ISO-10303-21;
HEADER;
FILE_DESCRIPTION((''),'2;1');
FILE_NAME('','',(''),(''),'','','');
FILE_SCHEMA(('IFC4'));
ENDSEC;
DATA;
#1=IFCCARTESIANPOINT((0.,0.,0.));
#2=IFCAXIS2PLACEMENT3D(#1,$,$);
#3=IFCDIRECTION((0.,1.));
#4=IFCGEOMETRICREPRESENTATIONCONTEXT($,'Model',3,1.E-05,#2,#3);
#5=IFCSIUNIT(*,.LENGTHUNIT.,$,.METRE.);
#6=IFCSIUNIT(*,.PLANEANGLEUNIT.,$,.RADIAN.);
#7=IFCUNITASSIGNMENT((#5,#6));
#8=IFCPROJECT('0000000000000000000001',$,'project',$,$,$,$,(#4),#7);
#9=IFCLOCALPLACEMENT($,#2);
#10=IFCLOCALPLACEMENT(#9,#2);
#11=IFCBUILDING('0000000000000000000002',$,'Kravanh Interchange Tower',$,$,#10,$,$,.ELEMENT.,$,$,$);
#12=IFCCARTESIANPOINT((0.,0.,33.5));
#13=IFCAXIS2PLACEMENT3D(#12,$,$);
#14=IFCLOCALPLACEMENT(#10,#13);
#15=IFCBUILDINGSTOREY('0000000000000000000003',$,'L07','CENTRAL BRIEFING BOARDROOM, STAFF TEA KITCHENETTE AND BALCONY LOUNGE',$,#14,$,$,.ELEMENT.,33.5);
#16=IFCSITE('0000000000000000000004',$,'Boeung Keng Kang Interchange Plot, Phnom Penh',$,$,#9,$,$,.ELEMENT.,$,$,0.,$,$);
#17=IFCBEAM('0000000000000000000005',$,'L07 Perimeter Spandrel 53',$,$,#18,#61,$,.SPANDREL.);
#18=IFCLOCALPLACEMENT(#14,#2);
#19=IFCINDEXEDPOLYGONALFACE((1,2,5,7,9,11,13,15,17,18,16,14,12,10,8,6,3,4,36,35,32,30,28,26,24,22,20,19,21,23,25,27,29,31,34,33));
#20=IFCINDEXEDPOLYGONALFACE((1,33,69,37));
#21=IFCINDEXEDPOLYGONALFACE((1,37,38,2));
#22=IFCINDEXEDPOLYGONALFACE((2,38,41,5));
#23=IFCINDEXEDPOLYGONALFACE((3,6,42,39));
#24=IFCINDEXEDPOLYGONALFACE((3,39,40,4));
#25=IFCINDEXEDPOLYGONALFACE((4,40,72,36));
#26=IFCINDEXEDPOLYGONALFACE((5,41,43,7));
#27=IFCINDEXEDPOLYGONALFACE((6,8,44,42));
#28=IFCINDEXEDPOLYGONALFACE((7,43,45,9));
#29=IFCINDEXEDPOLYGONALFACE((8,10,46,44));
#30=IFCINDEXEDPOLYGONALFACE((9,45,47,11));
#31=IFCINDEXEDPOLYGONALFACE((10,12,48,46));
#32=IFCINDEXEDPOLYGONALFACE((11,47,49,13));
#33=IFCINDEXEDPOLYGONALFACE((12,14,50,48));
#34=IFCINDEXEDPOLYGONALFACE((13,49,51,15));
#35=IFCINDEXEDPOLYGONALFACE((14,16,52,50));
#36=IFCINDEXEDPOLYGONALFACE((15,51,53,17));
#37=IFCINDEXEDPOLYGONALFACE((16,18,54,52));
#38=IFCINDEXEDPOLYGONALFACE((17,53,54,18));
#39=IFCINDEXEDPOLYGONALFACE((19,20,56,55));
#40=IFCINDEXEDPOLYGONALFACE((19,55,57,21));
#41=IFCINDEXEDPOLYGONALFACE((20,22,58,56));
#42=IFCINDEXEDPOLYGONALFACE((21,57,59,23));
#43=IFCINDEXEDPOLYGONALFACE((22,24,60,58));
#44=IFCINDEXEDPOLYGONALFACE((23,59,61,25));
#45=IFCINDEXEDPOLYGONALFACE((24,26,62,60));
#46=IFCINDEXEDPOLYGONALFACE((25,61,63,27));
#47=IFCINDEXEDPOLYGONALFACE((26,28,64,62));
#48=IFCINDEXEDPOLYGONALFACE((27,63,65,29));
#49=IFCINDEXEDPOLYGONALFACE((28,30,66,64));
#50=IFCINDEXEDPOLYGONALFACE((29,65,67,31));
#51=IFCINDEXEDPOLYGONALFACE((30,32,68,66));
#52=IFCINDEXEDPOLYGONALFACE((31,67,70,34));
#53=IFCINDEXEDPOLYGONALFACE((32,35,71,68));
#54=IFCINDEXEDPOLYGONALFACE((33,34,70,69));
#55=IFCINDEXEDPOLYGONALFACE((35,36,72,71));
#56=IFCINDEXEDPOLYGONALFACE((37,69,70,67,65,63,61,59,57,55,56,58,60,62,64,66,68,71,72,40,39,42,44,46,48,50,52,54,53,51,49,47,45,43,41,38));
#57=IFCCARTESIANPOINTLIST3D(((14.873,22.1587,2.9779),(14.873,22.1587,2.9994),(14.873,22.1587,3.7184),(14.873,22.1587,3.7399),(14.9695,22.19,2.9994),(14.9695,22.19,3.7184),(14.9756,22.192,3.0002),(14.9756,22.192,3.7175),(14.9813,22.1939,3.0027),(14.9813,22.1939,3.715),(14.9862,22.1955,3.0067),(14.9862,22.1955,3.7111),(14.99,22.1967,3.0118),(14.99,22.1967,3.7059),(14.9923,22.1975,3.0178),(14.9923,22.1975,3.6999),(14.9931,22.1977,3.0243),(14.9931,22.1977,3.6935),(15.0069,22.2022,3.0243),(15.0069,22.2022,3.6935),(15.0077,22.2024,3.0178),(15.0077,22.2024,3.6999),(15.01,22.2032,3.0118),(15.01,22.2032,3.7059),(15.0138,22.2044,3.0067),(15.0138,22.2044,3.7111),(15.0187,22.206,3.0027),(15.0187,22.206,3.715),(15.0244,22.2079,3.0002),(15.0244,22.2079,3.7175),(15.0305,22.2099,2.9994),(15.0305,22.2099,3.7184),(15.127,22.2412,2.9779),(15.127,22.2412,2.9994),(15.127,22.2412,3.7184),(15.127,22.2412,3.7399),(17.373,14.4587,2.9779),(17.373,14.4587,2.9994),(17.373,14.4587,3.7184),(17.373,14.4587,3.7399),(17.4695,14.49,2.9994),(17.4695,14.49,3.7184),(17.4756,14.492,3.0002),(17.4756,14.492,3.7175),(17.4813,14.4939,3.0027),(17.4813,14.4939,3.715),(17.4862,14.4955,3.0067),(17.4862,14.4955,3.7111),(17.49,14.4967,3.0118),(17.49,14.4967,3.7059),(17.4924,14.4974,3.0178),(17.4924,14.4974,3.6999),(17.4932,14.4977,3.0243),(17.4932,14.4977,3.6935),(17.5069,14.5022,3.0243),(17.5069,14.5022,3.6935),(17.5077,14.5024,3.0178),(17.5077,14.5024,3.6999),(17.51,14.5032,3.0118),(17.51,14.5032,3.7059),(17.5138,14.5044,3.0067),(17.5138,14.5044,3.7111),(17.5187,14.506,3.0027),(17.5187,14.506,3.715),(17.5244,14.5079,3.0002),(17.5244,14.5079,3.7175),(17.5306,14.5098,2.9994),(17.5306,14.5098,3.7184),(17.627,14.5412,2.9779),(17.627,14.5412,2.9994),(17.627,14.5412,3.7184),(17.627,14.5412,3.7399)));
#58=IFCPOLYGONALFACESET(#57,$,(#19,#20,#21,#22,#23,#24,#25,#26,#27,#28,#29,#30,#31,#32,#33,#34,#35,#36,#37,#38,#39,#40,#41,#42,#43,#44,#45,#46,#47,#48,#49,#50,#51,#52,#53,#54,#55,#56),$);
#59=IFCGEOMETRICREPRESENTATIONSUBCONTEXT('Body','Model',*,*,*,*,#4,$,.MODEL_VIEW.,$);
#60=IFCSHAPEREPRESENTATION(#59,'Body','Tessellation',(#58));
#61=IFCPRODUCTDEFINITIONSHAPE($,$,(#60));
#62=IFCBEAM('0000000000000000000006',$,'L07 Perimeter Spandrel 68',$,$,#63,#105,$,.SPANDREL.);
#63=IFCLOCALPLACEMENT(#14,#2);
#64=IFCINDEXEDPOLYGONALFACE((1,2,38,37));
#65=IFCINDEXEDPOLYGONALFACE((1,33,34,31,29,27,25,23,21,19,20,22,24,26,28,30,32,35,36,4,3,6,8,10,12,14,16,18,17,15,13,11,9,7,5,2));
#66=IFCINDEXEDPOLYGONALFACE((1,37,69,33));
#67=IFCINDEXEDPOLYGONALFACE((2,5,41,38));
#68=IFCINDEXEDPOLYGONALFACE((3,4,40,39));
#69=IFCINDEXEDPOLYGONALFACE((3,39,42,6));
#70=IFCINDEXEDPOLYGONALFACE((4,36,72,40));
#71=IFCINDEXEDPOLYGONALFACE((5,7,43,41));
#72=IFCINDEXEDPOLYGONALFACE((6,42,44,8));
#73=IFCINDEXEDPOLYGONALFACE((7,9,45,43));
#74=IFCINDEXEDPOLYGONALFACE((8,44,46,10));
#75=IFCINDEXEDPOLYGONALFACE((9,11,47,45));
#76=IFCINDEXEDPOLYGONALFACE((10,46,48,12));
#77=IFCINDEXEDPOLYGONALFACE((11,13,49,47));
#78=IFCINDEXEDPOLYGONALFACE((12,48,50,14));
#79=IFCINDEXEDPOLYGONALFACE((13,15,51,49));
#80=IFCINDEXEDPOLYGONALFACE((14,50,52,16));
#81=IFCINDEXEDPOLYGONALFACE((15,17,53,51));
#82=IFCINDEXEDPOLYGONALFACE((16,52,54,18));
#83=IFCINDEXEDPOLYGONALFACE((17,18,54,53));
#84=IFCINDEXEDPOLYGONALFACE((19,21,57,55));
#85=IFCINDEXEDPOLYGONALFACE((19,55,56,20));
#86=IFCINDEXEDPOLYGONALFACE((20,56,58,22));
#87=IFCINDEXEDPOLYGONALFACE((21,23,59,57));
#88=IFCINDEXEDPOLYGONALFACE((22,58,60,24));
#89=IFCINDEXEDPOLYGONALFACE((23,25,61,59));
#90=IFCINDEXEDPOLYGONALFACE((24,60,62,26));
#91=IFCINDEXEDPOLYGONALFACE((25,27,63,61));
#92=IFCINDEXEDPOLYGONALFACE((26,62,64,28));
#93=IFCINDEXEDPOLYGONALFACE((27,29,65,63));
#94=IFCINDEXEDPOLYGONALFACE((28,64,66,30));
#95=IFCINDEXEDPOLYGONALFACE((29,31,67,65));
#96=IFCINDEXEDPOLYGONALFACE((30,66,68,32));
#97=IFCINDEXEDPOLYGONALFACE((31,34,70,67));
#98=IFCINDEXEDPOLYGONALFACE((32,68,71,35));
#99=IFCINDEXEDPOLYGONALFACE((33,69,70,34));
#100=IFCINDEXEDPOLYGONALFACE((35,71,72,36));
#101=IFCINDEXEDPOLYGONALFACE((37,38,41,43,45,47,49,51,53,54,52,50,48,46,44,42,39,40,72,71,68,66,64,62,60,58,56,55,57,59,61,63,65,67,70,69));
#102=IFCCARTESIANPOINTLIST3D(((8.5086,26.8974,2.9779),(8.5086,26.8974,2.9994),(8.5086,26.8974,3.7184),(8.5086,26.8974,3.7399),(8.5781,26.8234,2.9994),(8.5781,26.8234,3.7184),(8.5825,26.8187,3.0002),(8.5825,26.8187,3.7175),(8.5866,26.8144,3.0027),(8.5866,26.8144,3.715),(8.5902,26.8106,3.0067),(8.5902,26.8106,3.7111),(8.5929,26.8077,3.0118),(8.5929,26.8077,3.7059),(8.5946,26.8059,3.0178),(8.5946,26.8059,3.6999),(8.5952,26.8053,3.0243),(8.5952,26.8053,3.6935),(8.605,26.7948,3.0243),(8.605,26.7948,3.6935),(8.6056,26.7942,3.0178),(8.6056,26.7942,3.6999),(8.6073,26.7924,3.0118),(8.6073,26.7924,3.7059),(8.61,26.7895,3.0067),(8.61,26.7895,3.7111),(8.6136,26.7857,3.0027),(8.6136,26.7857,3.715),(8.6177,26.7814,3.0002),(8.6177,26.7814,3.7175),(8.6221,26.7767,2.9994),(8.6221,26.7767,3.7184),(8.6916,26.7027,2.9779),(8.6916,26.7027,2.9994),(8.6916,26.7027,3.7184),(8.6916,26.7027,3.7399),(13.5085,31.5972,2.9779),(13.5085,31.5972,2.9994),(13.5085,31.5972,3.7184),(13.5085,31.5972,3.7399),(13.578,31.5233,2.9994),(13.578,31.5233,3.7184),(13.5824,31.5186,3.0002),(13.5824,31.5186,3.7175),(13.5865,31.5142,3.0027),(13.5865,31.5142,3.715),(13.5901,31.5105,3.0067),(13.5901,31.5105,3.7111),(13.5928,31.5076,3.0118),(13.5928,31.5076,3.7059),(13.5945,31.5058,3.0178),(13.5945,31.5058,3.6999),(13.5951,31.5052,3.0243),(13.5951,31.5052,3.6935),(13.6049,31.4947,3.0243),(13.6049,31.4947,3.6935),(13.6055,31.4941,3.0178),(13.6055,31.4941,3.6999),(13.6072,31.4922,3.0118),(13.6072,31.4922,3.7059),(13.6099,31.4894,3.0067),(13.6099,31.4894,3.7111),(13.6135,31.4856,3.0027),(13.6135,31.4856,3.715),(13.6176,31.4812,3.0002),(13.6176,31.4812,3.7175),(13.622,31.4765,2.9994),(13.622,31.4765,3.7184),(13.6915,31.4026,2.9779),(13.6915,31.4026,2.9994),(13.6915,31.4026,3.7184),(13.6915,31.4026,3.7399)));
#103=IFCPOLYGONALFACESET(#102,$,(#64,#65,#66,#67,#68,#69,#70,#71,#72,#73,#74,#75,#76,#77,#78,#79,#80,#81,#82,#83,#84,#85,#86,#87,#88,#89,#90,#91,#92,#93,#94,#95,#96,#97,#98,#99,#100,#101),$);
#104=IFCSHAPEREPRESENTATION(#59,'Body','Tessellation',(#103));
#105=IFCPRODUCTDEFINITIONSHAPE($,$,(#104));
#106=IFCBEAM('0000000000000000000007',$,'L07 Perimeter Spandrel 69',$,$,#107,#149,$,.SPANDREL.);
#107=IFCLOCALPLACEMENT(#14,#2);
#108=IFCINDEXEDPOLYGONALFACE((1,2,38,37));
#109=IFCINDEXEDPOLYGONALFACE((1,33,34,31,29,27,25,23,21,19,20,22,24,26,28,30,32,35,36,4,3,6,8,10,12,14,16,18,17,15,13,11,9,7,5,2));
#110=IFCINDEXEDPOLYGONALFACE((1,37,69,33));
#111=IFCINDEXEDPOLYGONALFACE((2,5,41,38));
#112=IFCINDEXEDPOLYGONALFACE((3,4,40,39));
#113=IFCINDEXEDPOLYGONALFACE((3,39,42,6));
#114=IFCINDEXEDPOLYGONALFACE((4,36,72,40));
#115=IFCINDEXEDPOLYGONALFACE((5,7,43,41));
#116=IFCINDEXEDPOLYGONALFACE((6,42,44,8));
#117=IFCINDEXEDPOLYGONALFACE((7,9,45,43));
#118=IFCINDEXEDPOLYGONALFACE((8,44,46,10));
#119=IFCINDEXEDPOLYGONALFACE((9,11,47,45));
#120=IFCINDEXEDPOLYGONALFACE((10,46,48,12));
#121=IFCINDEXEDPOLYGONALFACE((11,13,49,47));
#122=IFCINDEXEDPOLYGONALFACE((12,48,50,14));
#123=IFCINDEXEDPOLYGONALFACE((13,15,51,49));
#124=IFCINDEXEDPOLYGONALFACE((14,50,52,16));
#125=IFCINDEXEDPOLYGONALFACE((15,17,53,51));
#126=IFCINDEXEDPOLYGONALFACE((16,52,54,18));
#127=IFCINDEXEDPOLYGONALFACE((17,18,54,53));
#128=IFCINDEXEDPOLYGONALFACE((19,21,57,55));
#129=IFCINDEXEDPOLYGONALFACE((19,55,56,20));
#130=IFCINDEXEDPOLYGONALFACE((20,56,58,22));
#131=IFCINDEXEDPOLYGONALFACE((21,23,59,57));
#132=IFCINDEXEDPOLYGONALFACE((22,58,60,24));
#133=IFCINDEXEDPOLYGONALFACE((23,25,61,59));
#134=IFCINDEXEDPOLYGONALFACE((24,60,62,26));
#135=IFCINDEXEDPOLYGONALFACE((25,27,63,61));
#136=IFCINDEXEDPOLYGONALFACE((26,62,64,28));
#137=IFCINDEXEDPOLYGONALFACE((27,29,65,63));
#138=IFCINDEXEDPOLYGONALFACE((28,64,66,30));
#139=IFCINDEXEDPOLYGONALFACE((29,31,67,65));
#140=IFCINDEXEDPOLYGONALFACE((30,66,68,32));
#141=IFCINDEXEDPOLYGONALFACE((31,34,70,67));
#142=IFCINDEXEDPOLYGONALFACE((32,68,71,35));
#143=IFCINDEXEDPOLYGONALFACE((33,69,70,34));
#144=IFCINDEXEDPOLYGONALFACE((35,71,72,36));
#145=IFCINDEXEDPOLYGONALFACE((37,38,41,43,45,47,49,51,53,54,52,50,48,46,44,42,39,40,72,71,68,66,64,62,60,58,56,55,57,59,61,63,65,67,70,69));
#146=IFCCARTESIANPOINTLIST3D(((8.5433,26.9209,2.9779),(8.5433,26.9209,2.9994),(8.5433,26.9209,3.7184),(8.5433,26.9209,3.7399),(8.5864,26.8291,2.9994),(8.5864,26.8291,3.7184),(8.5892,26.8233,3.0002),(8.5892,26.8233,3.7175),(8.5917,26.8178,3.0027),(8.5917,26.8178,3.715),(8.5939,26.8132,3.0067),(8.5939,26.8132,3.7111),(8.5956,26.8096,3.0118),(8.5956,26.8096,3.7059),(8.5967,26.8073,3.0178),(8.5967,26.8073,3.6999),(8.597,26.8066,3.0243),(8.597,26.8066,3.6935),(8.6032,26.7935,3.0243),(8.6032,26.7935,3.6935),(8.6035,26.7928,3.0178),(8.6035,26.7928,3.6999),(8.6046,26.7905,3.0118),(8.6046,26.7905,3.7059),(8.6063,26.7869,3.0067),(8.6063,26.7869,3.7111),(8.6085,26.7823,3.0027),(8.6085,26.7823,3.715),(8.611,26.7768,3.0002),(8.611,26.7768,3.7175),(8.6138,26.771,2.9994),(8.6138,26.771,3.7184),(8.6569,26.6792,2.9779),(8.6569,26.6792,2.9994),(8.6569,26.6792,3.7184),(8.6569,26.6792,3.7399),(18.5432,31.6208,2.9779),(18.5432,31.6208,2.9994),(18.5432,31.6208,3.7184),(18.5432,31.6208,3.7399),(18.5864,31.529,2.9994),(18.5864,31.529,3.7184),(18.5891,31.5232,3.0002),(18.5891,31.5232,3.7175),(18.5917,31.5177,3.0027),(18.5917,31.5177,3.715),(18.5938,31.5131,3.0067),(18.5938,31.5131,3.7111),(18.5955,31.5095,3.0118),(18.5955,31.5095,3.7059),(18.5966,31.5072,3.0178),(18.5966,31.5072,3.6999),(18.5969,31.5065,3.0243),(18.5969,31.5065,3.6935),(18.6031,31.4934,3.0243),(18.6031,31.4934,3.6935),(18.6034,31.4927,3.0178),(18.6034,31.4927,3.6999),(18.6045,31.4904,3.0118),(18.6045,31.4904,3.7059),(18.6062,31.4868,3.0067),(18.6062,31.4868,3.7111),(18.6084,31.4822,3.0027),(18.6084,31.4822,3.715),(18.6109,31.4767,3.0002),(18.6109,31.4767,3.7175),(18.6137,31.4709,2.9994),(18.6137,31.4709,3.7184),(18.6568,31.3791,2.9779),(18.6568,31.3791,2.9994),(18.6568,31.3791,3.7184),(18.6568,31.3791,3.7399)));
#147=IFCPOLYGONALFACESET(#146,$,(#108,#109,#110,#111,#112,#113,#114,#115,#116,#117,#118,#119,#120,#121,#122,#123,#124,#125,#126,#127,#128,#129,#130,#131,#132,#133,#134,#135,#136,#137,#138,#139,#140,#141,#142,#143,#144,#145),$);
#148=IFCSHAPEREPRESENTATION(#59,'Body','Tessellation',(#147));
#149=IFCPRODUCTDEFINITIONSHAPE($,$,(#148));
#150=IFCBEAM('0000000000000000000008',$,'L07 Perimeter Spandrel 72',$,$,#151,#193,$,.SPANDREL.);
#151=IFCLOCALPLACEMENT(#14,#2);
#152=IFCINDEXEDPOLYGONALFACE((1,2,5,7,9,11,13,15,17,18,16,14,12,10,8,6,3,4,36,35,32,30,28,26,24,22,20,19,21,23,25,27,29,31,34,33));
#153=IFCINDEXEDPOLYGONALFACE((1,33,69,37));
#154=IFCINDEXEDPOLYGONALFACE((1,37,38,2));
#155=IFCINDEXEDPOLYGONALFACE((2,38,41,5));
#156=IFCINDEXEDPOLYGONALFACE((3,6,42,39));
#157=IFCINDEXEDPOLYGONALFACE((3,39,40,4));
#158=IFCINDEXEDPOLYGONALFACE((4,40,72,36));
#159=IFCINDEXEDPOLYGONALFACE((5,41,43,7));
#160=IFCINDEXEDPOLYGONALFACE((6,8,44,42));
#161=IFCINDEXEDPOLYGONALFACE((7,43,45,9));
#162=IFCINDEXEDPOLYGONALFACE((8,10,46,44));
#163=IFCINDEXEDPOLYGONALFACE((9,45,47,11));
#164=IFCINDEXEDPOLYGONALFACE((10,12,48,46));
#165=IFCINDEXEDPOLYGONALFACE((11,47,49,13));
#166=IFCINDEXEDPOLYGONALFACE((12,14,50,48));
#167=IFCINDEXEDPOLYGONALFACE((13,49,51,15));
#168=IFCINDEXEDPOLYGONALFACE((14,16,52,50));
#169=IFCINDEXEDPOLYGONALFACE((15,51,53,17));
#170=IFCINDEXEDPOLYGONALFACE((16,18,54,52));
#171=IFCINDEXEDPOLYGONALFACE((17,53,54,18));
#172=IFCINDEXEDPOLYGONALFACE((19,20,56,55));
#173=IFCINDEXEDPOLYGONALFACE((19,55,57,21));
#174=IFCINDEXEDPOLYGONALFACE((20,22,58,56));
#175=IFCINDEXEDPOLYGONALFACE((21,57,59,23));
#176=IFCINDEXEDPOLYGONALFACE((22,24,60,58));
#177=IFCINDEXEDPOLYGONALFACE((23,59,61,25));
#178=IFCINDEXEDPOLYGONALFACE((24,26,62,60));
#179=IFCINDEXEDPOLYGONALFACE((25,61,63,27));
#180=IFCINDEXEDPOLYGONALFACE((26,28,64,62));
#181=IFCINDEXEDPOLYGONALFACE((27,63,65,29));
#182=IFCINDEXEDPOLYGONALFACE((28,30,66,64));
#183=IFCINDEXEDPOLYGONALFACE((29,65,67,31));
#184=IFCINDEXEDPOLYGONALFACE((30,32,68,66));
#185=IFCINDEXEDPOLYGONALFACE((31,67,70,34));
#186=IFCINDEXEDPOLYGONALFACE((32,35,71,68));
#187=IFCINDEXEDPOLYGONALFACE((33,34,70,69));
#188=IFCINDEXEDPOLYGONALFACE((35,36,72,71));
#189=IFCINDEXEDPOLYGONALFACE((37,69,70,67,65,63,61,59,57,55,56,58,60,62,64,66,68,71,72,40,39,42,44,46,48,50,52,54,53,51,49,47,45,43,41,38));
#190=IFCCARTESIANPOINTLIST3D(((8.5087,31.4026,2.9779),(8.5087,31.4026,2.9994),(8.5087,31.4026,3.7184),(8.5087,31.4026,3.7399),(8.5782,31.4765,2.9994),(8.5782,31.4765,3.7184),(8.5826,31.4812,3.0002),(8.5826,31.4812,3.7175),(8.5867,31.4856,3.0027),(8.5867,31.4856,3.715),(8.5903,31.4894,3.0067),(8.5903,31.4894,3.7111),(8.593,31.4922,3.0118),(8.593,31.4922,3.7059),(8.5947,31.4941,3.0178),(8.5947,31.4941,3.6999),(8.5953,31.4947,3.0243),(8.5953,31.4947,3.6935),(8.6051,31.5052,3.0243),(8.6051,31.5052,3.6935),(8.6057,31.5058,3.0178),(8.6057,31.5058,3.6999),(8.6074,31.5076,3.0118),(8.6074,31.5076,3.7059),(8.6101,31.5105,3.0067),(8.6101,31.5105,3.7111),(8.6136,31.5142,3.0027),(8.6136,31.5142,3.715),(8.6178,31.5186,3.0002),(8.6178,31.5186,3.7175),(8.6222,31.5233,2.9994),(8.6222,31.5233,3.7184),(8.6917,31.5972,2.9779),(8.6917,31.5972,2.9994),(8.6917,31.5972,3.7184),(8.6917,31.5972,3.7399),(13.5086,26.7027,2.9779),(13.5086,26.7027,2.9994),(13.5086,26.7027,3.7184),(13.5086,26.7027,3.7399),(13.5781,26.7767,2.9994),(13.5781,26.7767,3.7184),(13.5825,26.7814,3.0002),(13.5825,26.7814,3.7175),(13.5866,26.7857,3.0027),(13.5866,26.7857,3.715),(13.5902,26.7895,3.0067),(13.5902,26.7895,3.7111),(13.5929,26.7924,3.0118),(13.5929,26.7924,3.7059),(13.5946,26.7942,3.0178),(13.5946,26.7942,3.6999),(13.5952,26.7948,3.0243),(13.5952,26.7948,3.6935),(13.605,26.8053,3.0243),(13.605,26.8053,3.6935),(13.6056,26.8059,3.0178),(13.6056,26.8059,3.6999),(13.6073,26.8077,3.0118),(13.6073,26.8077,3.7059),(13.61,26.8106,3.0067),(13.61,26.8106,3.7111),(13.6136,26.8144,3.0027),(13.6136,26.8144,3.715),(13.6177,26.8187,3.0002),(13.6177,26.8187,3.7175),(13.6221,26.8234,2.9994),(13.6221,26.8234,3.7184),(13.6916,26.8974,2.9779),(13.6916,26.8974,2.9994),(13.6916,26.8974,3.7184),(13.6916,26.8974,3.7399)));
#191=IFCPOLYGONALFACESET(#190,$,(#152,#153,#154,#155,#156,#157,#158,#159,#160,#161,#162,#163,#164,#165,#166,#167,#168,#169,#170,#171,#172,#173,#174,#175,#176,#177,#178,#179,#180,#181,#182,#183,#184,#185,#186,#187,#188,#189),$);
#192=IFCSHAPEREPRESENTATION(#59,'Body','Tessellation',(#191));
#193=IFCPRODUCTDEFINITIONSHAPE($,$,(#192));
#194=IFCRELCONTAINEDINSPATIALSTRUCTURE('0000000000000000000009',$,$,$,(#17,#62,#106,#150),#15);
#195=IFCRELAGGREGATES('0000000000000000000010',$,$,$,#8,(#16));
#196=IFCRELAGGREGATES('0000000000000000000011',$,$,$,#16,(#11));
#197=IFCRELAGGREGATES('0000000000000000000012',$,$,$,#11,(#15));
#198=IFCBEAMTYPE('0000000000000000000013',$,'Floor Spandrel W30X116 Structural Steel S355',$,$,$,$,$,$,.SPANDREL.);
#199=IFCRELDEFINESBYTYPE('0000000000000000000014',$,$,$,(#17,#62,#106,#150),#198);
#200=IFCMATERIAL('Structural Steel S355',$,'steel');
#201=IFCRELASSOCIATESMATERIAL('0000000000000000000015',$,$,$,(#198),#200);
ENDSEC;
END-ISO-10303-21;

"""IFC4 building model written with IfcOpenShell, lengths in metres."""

from ifc_helpers import new_model, si_unit, direction, frame, origin, origin_2d, place, context, subcontext, project, spatial, i_section, extrude, material, material_profile, profile_set, type_object, element, save


model = new_model("IFC4")

# Units and contexts
model_context = context("Model", 3, precision=1e-05, world=origin(), true_north=direction((0.0, 1.0)))
body_context = subcontext(model_context, "Body", "Model", "MODEL_VIEW")
ifc_project = project(units=[si_unit("LENGTHUNIT", "METRE"), si_unit("PLANEANGLEUNIT", "RADIAN")], contexts=[model_context])

# Site, building, storey
site_placement = place(None, origin())
site = spatial("IfcSite", under=ifc_project, at=site_placement, Name="Boeung Keng Kang Interchange Plot, Phnom Penh", CompositionType="ELEMENT", RefElevation=0.0)
building_placement = place(site_placement, origin())
building = spatial("IfcBuilding", under=site, at=building_placement, Name="Kravanh Interchange Tower", CompositionType="ELEMENT")
storey_placement = place(building_placement, frame((0.0, 0.0, 33.5)))
storey = spatial("IfcBuildingStorey", under=building, at=storey_placement, Name="L07", Description="CENTRAL BRIEFING BOARDROOM, STAFF TEA KITCHENETTE AND BALCONY LOUNGE", CompositionType="ELEMENT", Elevation=33.5)

# Beams
ifc_material_1 = material(Name="Structural Steel S355", Category="steel")
ifc_material_profile_1 = material_profile(ifc_material_1, i_section(OverallWidth=0.2671, OverallDepth=0.762, WebThickness=0.0144, FlangeThickness=0.0215, FilletRadius=0.0249, at=origin_2d()), Name="W30X116")
ifc_profile_set_1 = profile_set([ifc_material_profile_1], Name="Structural Steel S355")
beam_type_1 = type_object("IfcBeamType", Name="Floor Spandrel W30X116 Structural Steel S355", PredefinedType="SPANDREL", material=ifc_profile_set_1)
beam_1_placement = place(storey_placement, frame((15.0, 22.2, 3.3589), z_axis=(0.308809, -0.951124, 0.0), x_axis=(0.951124, 0.308809, 0.0)))
element("IfcBeam", 1, at=beam_1_placement, inside=storey, type_object=beam_type_1, Name="L07 Perimeter Spandrel 53", PredefinedType="SPANDREL", context=body_context, shape_type="SweptSolid", body=[
    extrude(i_section(OverallWidth=0.2671, OverallDepth=0.762, WebThickness=0.0144, FlangeThickness=0.0215, FilletRadius=0.0249, at=origin_2d()), origin(), (0.0, 0.0, 1.0), 8.0957),
])
beam_2_placement = place(storey_placement, frame((8.6001, 26.8, 3.3589), z_axis=(0.728631, 0.684906, 0.0), x_axis=(-0.684906, 0.728631, 0.0)))
element("IfcBeam", 2, at=beam_2_placement, inside=storey, type_object=beam_type_1, Name="L07 Perimeter Spandrel 68", PredefinedType="SPANDREL", context=body_context, shape_type="SweptSolid", body=[
    extrude(i_section(OverallWidth=0.2671, OverallDepth=0.762, WebThickness=0.0144, FlangeThickness=0.0215, FilletRadius=0.0249, at=origin_2d()), origin(), (0.0, 0.0, 1.0), 6.8621),
])
beam_3_placement = place(storey_placement, frame((8.6001, 26.8, 3.3589), z_axis=(0.905025, 0.425358, 0.0), x_axis=(-0.425358, 0.905025, 0.0)))
element("IfcBeam", 3, at=beam_3_placement, inside=storey, type_object=beam_type_1, Name="L07 Perimeter Spandrel 69", PredefinedType="SPANDREL", context=body_context, shape_type="SweptSolid", body=[
    extrude(i_section(OverallWidth=0.2671, OverallDepth=0.762, WebThickness=0.0144, FlangeThickness=0.0215, FilletRadius=0.0249, at=origin_2d()), origin(), (0.0, 0.0, 1.0), 11.0493),
])
for number, where, z_axis, x_axis, name in (
    (4, (13.6001, 26.8, 3.3589), (-0.728631, 0.684906, 0.0), (-0.684906, -0.728631, 0.0), "L07 Perimeter Spandrel 72"),
):
    element("IfcBeam", number, at=place(storey_placement, frame(where, z_axis=z_axis, x_axis=x_axis)), inside=storey, type_object=beam_type_1, Name=name, PredefinedType="SPANDREL", context=body_context, shape_type="SweptSolid", body=[
        extrude(i_section(OverallWidth=0.2671, OverallDepth=0.762, WebThickness=0.0144, FlangeThickness=0.0215, FilletRadius=0.0249, at=origin_2d()), origin(), (0.0, 0.0, 1.0), 6.8621),
    ])

save(model, "model.ifc")
